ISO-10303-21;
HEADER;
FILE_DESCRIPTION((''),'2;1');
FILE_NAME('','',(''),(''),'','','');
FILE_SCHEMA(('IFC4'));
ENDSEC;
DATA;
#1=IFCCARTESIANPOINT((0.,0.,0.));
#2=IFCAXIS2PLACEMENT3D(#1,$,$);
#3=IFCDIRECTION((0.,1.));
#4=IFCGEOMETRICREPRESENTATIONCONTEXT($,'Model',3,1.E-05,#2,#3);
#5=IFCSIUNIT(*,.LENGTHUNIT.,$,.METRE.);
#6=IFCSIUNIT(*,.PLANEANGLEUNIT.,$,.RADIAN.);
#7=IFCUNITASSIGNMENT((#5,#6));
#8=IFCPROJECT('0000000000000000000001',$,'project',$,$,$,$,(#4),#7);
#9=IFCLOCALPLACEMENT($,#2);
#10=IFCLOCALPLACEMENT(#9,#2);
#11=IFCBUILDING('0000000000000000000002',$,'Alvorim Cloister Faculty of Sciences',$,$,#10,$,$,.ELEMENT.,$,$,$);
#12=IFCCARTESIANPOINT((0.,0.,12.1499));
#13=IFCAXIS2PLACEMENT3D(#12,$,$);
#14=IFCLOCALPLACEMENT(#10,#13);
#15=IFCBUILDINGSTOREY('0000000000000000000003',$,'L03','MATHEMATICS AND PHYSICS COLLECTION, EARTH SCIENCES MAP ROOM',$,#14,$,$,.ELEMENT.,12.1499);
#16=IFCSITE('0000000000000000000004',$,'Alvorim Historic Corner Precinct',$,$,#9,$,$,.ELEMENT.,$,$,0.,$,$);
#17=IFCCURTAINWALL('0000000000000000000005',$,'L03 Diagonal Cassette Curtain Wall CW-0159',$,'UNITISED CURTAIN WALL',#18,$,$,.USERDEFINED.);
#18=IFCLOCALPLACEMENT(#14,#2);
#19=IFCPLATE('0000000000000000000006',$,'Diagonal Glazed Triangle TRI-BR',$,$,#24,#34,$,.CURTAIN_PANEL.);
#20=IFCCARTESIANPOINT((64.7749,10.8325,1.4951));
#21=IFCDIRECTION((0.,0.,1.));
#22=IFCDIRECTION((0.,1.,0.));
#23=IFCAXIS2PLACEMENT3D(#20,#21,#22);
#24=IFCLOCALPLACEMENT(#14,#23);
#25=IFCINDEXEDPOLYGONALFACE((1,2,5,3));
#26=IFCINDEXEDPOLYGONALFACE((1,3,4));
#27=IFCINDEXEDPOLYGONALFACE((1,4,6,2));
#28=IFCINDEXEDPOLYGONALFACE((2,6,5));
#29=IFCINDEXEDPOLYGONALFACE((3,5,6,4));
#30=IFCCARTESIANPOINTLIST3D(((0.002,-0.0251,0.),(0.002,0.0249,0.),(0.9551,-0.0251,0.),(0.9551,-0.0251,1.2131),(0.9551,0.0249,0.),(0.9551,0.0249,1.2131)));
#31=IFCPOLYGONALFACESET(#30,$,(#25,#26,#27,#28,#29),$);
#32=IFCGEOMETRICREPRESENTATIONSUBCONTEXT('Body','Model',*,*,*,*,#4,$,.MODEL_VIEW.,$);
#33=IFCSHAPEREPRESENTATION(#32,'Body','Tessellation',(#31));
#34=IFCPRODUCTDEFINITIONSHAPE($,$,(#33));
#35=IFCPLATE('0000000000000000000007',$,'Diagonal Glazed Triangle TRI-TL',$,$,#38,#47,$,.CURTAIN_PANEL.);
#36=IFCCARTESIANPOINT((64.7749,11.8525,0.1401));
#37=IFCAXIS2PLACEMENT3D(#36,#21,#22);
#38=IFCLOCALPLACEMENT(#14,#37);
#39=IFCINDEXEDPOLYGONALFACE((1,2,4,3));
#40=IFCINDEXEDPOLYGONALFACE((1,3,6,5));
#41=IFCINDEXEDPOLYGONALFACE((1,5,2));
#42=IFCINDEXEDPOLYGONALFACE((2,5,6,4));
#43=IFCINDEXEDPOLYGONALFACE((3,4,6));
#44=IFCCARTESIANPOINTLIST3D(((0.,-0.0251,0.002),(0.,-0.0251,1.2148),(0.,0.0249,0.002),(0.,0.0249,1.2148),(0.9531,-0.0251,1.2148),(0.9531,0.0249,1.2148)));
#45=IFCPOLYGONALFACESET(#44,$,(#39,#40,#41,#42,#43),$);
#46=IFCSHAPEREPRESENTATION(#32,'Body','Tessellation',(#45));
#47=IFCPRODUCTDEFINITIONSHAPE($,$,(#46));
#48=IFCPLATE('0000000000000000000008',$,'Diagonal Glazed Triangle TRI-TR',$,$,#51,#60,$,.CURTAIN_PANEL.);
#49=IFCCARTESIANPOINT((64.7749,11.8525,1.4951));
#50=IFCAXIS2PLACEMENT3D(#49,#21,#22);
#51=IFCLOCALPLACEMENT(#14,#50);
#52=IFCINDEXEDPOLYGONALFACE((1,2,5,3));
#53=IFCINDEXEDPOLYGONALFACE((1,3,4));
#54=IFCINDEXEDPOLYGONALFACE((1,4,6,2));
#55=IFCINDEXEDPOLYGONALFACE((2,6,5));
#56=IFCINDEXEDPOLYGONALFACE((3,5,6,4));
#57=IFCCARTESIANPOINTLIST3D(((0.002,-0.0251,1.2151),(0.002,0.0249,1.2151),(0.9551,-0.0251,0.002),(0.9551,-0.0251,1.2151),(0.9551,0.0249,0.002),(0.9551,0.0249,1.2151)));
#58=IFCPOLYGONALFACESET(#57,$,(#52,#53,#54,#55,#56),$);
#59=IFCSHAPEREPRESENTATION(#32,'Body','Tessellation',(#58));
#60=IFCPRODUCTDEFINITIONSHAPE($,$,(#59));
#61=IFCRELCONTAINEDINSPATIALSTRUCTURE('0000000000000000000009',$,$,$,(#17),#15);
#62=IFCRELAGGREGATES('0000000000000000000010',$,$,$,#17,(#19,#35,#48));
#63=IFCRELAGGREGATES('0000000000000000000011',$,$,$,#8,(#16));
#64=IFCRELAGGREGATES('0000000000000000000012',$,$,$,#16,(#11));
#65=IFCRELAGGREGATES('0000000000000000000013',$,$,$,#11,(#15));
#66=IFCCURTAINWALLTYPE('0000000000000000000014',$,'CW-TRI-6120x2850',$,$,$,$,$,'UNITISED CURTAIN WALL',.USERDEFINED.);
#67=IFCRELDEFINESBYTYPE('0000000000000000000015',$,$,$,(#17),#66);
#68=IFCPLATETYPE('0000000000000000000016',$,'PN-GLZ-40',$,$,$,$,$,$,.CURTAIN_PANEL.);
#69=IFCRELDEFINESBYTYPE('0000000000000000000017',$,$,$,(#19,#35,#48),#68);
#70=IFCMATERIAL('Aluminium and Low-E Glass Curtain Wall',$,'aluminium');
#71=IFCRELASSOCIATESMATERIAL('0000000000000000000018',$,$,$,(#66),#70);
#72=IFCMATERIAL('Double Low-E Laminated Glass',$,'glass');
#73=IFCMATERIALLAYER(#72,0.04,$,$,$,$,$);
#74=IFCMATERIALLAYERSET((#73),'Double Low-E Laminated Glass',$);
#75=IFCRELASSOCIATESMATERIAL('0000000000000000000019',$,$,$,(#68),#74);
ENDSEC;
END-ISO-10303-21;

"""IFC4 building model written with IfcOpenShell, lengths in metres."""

from ifc_helpers import new_model, si_unit, direction, frame, origin, place, context, subcontext, project, spatial, polyline, outline, extrude, material, layer, layer_set, type_object, element, aggregate, save


model = new_model("IFC4")

# Units and contexts
model_context = context("Model", 3, precision=1e-05, world=origin(), true_north=direction((0.0, 1.0)))
body_context = subcontext(model_context, "Body", "Model", "MODEL_VIEW")
ifc_project = project(units=[si_unit("LENGTHUNIT", "METRE"), si_unit("PLANEANGLEUNIT", "RADIAN")], contexts=[model_context])

# Site, building, storey
site_placement = place(None, origin())
site = spatial("IfcSite", under=ifc_project, at=site_placement, Name="Alvorim Historic Corner Precinct", CompositionType="ELEMENT", RefElevation=0.0)
building_placement = place(site_placement, origin())
building = spatial("IfcBuilding", under=site, at=building_placement, Name="Alvorim Cloister Faculty of Sciences", CompositionType="ELEMENT")
storey_placement = place(building_placement, frame((0.0, 0.0, 12.1499)))
storey = spatial("IfcBuildingStorey", under=building, at=storey_placement, Name="L03", Description="MATHEMATICS AND PHYSICS COLLECTION, EARTH SCIENCES MAP ROOM", CompositionType="ELEMENT", Elevation=12.1499)

# Curtain wall, plates
ifc_material_1 = material(Name="Aluminium and Low-E Glass Curtain Wall", Category="aluminium")
curtain_wall_type = type_object("IfcCurtainWallType", Name="CW-TRI-6120x2850", ElementType="UNITISED CURTAIN WALL", PredefinedType="USERDEFINED", material=ifc_material_1)
ifc_material_2 = material(Name="Double Low-E Laminated Glass", Category="glass")
ifc_layer_1 = layer(ifc_material_2, 0.04)
ifc_layer_set_1 = layer_set([ifc_layer_1], Name="Double Low-E Laminated Glass")
plate_type = type_object("IfcPlateType", Name="PN-GLZ-40", PredefinedType="CURTAIN_PANEL", material=ifc_layer_set_1)
curtain_wall_1_placement = place(storey_placement, origin())
curtain_wall_1 = element("IfcCurtainWall", 1, at=curtain_wall_1_placement, inside=storey, type_object=curtain_wall_type, Name="L03 Diagonal Cassette Curtain Wall CW-0159", ObjectType="UNITISED CURTAIN WALL", PredefinedType="USERDEFINED")
plate_1_placement = place(storey_placement, frame((64.7749, 10.8325, 1.4951), z_axis=(0.0, 0.0, 1.0), x_axis=(0.0, 1.0, 0.0)))
plate_1 = element("IfcPlate", 2, at=plate_1_placement, type_object=plate_type, Name="Diagonal Glazed Triangle TRI-BR", PredefinedType="CURTAIN_PANEL", context=body_context, shape_type="SweptSolid", body=[
    extrude(outline(polyline([(0.002, 0.0), (0.9551, 0.0), (0.9551, 1.2131), (0.002, 0.0)])), frame((0.0, 0.0249, 0.0), z_axis=(0.0, -1.0, 0.0), x_axis=(1.0, 0.0, 0.0)), (0.0, 0.0, 1.0), 0.05),
])
plate_2_placement = place(storey_placement, frame((64.7749, 11.8525, 0.1401), z_axis=(0.0, 0.0, 1.0), x_axis=(0.0, 1.0, 0.0)))
plate_2 = element("IfcPlate", 3, at=plate_2_placement, type_object=plate_type, Name="Diagonal Glazed Triangle TRI-TL", PredefinedType="CURTAIN_PANEL", context=body_context, shape_type="SweptSolid", body=[
    extrude(outline(polyline([(0.9531, 1.2148), (0.0, 1.2148), (0.0, 0.002), (0.9531, 1.2148)])), frame((0.0, 0.0249, 0.0), z_axis=(0.0, -1.0, 0.0), x_axis=(1.0, 0.0, 0.0)), (0.0, 0.0, 1.0), 0.05),
])
plate_3_placement = place(storey_placement, frame((64.7749, 11.8525, 1.4951), z_axis=(0.0, 0.0, 1.0), x_axis=(0.0, 1.0, 0.0)))
plate_3 = element("IfcPlate", 4, at=plate_3_placement, type_object=plate_type, Name="Diagonal Glazed Triangle TRI-TR", PredefinedType="CURTAIN_PANEL", context=body_context, shape_type="SweptSolid", body=[
    extrude(outline(polyline([(0.9551, 0.002), (0.9551, 1.2151), (0.002, 1.2151), (0.9551, 0.002)])), frame((0.0, 0.0249, 0.0), z_axis=(0.0, -1.0, 0.0), x_axis=(1.0, 0.0, 0.0)), (0.0, 0.0, 1.0), 0.05),
])
aggregate(curtain_wall_1, [plate_1, plate_2, plate_3])

save(model, "model.ifc")
